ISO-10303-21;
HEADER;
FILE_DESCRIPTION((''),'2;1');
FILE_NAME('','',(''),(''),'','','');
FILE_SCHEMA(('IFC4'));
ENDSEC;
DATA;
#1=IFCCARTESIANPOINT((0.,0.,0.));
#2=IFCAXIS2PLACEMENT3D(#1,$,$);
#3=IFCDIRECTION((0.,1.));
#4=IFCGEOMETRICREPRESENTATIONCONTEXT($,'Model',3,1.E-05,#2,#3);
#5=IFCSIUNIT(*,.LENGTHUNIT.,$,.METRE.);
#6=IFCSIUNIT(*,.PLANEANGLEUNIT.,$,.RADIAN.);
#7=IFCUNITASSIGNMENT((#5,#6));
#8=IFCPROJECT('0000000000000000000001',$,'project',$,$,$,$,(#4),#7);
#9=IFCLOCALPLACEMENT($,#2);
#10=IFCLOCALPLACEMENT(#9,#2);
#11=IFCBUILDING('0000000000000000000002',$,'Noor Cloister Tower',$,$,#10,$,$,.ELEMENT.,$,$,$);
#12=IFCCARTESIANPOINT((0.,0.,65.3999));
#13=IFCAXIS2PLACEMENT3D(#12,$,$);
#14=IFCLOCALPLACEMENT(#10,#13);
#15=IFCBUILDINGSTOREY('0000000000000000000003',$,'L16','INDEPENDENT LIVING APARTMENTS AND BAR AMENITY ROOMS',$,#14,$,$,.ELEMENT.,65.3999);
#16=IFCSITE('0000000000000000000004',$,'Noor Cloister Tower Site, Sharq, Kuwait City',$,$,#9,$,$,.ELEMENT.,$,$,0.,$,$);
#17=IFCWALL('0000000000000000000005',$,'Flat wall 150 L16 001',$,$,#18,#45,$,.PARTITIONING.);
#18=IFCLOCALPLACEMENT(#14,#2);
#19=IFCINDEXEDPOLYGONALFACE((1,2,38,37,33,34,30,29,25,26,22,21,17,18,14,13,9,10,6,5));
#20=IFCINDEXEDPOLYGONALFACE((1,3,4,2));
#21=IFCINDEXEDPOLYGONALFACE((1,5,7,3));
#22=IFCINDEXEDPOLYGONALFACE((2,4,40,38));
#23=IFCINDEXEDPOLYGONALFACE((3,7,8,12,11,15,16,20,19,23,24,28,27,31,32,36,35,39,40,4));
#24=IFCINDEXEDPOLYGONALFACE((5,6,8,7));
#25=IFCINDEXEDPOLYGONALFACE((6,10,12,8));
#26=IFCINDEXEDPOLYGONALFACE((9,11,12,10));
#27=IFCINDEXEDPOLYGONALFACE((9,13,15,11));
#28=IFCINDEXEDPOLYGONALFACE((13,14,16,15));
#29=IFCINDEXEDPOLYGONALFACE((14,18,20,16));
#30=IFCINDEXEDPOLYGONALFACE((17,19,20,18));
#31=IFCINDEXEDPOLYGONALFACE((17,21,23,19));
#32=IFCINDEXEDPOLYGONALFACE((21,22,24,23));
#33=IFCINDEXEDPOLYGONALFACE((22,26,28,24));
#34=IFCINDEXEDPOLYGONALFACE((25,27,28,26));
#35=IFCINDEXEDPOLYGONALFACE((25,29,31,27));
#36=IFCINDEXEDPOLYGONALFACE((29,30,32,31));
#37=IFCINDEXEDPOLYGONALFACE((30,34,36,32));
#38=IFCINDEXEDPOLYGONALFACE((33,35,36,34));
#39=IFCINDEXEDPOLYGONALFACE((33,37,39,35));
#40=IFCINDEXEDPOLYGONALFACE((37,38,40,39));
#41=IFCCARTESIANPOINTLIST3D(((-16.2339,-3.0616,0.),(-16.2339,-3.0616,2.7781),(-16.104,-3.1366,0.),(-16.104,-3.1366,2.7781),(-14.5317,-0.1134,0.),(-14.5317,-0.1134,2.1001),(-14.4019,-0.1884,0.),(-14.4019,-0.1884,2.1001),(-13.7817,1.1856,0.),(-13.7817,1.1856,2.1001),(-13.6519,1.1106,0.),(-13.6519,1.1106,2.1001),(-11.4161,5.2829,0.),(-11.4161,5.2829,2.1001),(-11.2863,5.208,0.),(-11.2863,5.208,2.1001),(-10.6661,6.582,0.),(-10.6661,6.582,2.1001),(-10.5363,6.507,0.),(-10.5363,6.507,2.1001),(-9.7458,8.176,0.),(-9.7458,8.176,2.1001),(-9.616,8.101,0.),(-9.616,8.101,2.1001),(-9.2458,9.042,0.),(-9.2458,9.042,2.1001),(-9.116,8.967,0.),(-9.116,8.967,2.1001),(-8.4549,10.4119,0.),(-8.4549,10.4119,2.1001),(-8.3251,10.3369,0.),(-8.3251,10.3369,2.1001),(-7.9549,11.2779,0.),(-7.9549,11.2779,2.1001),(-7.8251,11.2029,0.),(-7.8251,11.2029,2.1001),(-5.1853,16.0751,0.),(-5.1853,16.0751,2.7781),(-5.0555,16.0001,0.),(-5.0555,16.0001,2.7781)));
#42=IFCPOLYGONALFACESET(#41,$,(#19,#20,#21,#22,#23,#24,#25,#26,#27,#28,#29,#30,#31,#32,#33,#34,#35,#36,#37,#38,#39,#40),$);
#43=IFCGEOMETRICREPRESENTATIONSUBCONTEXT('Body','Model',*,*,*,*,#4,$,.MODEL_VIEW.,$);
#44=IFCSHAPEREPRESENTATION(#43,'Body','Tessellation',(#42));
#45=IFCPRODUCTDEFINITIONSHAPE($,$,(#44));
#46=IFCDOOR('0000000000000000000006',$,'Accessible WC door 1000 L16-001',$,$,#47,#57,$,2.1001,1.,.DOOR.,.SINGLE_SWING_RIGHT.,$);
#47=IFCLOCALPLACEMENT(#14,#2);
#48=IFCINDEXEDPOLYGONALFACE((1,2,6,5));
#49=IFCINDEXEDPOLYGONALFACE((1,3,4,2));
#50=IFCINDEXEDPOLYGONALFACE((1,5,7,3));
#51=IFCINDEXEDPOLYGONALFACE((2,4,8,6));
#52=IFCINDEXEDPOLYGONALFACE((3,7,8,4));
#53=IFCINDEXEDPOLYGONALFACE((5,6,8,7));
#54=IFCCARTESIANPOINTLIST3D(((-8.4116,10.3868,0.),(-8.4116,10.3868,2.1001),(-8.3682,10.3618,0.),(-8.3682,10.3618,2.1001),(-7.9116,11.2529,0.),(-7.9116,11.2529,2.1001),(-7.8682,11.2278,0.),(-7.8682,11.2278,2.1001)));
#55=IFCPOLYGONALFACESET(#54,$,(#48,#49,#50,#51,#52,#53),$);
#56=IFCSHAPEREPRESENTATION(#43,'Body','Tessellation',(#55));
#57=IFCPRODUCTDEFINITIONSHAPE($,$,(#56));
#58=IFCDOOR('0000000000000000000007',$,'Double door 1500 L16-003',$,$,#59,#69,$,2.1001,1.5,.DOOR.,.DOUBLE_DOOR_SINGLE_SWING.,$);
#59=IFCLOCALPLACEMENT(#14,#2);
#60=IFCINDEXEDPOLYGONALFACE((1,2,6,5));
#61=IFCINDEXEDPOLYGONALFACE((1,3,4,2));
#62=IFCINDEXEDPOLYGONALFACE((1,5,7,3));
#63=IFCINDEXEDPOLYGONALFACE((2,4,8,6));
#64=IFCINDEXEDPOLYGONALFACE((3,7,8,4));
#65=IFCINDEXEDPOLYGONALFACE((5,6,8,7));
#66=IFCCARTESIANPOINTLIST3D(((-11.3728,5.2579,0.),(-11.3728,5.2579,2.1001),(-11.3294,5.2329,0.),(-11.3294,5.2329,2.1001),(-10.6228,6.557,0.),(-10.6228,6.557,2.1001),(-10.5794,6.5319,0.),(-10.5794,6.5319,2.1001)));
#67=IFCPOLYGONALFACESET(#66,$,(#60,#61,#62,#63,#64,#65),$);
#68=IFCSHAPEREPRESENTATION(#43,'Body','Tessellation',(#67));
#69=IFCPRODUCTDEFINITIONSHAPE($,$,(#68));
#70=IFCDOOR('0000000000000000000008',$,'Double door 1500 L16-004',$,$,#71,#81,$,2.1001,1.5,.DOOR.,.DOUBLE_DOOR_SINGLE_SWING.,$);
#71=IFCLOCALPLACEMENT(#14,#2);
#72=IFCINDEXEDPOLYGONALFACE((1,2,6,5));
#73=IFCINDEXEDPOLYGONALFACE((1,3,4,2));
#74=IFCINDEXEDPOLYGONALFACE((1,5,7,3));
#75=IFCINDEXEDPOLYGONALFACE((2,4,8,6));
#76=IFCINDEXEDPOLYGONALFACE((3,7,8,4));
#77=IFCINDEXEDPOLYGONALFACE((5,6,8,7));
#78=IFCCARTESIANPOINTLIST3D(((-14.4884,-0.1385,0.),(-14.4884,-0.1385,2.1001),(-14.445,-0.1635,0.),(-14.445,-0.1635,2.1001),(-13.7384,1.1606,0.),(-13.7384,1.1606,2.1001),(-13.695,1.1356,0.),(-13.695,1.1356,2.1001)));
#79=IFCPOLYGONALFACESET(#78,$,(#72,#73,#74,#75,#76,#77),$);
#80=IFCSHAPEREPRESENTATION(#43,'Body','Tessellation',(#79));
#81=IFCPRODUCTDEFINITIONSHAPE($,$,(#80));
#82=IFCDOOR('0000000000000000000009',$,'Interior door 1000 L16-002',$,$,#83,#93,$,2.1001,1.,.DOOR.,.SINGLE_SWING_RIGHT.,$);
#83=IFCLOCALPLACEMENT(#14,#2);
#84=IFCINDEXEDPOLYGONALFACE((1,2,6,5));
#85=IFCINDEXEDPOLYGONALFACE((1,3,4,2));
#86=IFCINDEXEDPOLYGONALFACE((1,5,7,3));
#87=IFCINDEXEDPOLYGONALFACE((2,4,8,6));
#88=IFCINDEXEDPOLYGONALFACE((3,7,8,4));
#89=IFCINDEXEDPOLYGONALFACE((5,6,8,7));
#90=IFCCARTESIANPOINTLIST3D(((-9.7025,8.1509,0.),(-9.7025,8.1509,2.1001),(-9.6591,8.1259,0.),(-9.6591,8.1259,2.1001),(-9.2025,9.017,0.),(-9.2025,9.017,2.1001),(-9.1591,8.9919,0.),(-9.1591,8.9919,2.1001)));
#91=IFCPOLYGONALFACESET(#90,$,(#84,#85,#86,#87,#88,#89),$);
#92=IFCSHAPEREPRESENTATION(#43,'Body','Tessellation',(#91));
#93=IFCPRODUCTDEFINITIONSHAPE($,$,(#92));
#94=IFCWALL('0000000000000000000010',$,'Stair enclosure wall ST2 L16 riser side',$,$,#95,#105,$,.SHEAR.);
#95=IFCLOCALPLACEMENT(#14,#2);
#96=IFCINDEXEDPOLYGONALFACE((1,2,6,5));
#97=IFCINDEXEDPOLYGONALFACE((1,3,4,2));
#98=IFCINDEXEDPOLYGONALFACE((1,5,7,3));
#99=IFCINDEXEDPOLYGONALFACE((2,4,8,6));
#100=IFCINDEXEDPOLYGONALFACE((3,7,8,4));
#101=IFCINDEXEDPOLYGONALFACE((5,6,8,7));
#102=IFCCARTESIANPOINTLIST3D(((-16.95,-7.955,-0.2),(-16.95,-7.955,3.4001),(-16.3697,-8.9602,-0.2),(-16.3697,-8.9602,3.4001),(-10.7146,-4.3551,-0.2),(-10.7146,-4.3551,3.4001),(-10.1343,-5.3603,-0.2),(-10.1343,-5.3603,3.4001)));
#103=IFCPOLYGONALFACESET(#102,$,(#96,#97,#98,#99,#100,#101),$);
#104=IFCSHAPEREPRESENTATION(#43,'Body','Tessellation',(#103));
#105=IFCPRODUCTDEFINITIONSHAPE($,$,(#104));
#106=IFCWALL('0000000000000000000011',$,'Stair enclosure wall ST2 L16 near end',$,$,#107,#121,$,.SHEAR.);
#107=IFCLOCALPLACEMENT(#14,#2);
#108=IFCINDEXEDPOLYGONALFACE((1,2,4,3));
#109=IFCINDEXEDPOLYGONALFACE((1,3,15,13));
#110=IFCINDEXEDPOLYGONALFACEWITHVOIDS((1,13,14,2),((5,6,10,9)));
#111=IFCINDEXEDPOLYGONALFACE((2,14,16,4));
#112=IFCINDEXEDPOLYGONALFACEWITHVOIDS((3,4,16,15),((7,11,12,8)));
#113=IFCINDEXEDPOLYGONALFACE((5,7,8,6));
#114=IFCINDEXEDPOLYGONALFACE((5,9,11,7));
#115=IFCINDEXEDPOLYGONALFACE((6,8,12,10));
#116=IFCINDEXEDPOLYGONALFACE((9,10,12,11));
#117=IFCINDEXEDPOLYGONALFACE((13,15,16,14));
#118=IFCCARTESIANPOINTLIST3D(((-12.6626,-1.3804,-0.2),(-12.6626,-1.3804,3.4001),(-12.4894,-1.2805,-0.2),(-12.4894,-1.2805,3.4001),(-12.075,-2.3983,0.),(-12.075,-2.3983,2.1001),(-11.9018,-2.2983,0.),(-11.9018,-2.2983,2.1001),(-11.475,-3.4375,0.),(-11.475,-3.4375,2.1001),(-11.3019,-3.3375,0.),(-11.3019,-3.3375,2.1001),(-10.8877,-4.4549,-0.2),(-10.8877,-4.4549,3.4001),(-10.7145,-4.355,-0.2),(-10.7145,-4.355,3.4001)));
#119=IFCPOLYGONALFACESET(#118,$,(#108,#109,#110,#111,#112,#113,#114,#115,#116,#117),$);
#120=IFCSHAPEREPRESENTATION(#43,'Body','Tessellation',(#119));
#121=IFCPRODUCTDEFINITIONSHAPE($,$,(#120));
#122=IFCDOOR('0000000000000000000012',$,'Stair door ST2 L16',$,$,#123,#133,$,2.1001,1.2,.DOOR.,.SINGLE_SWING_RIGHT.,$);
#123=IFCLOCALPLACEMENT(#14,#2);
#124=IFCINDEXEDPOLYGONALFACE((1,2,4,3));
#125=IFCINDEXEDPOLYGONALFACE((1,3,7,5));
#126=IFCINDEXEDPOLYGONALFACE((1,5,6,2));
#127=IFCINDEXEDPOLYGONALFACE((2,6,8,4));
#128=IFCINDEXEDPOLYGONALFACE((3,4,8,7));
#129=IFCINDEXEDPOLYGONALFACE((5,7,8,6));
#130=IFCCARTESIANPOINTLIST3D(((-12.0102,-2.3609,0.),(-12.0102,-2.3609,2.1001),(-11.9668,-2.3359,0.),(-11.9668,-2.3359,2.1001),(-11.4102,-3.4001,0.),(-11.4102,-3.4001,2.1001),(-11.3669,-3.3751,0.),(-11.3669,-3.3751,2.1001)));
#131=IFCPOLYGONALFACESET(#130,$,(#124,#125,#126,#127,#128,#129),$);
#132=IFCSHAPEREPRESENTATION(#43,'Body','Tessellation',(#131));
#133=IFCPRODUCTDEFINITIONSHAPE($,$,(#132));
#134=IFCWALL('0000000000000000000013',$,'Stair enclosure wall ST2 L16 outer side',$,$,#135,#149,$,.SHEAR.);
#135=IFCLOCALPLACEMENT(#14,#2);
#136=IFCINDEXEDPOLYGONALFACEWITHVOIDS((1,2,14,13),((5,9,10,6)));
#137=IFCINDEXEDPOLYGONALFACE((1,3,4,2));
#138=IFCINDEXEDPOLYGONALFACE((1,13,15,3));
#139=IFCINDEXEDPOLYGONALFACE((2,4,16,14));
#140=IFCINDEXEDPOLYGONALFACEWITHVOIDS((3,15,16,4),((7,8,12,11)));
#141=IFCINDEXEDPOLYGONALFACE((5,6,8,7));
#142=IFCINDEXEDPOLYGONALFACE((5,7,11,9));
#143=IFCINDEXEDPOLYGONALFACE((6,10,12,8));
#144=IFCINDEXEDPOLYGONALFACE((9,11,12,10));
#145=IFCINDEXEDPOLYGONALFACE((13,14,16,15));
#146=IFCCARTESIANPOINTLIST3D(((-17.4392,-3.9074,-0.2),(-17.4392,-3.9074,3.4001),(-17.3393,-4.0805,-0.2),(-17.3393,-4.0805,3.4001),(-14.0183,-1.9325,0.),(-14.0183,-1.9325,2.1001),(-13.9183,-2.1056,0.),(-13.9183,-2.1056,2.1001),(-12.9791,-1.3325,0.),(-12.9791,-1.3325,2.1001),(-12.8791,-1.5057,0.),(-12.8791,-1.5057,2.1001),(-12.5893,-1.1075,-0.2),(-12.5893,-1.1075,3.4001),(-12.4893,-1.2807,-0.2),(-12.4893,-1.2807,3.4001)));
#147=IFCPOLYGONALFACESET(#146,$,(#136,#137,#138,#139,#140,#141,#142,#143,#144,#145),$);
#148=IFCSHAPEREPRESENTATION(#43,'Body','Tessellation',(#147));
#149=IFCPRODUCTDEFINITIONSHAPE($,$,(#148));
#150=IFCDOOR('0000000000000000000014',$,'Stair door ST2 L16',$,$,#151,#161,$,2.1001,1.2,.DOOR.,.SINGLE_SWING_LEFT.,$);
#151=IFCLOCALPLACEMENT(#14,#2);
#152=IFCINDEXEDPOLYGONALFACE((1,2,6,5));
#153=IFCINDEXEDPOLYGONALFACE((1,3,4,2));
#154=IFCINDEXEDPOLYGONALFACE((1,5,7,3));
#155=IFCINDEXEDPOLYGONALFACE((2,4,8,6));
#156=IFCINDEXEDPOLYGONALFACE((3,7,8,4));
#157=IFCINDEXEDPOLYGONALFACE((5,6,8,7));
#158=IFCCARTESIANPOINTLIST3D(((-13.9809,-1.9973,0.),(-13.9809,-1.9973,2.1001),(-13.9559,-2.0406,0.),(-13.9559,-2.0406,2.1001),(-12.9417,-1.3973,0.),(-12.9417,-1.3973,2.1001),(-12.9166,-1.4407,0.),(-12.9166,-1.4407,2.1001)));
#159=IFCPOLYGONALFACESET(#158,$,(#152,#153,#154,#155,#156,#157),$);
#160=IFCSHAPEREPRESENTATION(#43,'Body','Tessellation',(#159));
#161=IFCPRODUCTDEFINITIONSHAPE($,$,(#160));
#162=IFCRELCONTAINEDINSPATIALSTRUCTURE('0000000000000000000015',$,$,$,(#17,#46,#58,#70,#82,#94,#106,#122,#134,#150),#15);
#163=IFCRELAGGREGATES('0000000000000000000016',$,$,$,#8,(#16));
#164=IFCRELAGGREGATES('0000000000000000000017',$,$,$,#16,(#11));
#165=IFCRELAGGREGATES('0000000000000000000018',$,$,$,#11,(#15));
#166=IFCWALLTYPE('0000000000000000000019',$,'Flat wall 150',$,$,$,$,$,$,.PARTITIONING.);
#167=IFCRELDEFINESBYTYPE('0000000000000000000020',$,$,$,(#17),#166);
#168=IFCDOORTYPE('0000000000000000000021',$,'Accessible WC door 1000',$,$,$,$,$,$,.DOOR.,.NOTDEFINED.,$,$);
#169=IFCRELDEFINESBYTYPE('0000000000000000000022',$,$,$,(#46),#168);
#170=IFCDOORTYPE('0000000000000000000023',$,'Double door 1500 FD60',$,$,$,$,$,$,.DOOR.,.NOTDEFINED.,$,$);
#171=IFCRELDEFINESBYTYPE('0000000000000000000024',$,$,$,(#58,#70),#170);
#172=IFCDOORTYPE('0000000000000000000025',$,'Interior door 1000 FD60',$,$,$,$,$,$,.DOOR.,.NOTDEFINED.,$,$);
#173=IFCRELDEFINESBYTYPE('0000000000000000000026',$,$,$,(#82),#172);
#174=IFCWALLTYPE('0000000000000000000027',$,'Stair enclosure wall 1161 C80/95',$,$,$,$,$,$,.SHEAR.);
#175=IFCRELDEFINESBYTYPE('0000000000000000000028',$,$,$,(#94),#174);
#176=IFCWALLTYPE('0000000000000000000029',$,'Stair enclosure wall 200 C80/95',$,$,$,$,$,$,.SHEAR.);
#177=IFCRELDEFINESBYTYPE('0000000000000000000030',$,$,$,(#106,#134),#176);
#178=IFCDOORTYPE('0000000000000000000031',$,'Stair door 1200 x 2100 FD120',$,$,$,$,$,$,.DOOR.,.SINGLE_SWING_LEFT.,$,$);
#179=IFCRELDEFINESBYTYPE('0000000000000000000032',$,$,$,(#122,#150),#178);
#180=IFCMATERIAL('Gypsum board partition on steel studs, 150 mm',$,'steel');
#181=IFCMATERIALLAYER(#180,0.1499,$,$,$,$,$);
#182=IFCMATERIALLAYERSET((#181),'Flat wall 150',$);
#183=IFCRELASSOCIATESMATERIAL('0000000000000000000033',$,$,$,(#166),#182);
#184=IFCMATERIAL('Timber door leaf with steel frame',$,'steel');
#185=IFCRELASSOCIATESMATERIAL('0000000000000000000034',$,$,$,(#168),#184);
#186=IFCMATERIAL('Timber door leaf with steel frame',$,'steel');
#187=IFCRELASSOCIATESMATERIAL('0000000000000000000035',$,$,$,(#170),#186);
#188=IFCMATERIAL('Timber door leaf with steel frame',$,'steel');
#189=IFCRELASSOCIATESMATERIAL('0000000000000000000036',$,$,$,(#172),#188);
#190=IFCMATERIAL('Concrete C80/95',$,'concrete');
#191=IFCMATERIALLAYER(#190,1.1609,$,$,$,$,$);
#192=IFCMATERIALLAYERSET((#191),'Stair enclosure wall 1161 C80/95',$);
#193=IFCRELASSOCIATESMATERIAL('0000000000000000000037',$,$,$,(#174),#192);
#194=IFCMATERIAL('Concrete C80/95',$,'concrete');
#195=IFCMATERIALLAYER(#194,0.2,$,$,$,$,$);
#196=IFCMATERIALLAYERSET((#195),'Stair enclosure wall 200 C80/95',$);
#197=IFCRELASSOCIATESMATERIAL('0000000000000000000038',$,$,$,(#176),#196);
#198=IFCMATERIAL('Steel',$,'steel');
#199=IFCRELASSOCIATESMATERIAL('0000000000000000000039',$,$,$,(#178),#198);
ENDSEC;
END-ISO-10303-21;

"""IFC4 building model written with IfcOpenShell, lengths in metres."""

from ifc_helpers import new_model, si_unit, direction, frame, frame_2d, origin, place, context, subcontext, project, spatial, rectangle, extrude, material, layer, layer_set, type_object, element, fill, save


model = new_model("IFC4")

# Units and contexts
model_context = context("Model", 3, precision=1e-05, world=origin(), true_north=direction((0.0, 1.0)))
body_context = subcontext(model_context, "Body", "Model", "MODEL_VIEW")
ifc_project = project(units=[si_unit("LENGTHUNIT", "METRE"), si_unit("PLANEANGLEUNIT", "RADIAN")], contexts=[model_context])

# Site, building, storey
site_placement = place(None, origin())
site = spatial("IfcSite", under=ifc_project, at=site_placement, Name="Noor Cloister Tower Site, Sharq, Kuwait City", CompositionType="ELEMENT", RefElevation=0.0)
building_placement = place(site_placement, origin())
building = spatial("IfcBuilding", under=site, at=building_placement, Name="Noor Cloister Tower", CompositionType="ELEMENT")
storey_placement = place(building_placement, frame((0.0, 0.0, 65.3999)))
storey = spatial("IfcBuildingStorey", under=building, at=storey_placement, Name="L16", Description="INDEPENDENT LIVING APARTMENTS AND BAR AMENITY ROOMS", CompositionType="ELEMENT", Elevation=65.3999)

# Wall, openings, doors
ifc_material_1 = material(Name="Gypsum board partition on steel studs, 150 mm", Category="steel")
ifc_layer_1 = layer(ifc_material_1, 0.1499)
ifc_layer_set_1 = layer_set([ifc_layer_1], Name="Flat wall 150")
wall_type_1 = type_object("IfcWallType", Name="Flat wall 150", PredefinedType="PARTITIONING", material=ifc_layer_set_1)
wall_1_placement = place(storey_placement, frame((-16.1689, -3.0991, 0.0), z_axis=(0.0, 0.0, 1.0), x_axis=(0.5, 0.866026, 0.0)))
wall_1 = element("IfcWall", 1, at=wall_1_placement, inside=storey, type_object=wall_type_1, Name="Flat wall 150 L16 001", PredefinedType="PARTITIONING", context=body_context, shape_type="SweptSolid", body=[
    extrude(rectangle(XDim=22.0972, YDim=0.1499, at=frame_2d((11.0486, 0.0))), origin(), (0.0, 0.0, 1.0), 2.7781),
])
opening_1_placement = place(wall_1_placement, frame((15.5579, 0.0, 0.0)))
opening_1 = element("IfcOpeningElement", 2, at=opening_1_placement, cuts=wall_1, PredefinedType="OPENING", context=body_context, shape_type="SweptSolid", body=[
    extrude(rectangle(XDim=1.0, YDim=2.1001, at=frame_2d((0.5, 1.05))), frame((0.0, 0.085, 0.0), z_axis=(0.0, -1.0, 0.0), x_axis=(1.0, 0.0, 0.0)), (0.0, 0.0, 1.0), 0.1699),
])
opening_2_placement = place(wall_1_placement, frame((12.9761, 0.0, 0.0)))
opening_2 = element("IfcOpeningElement", 3, at=opening_2_placement, cuts=wall_1, PredefinedType="OPENING", context=body_context, shape_type="SweptSolid", body=[
    extrude(rectangle(XDim=1.0, YDim=2.1001, at=frame_2d((0.5, 1.05))), frame((0.0, 0.085, 0.0), z_axis=(0.0, -1.0, 0.0), x_axis=(1.0, 0.0, 0.0)), (0.0, 0.0, 1.0), 0.1699),
])
opening_3_placement = place(wall_1_placement, frame((9.6355, 0.0, 0.0)))
opening_3 = element("IfcOpeningElement", 4, at=opening_3_placement, cuts=wall_1, PredefinedType="OPENING", context=body_context, shape_type="SweptSolid", body=[
    extrude(rectangle(XDim=1.5, YDim=2.1001, at=frame_2d((0.75, 1.05))), frame((0.0, 0.085, 0.0), z_axis=(0.0, -1.0, 0.0), x_axis=(1.0, 0.0, 0.0)), (0.0, 0.0, 1.0), 0.1699),
])
opening_4_placement = place(wall_1_placement, frame((3.4043, 0.0, 0.0)))
opening_4 = element("IfcOpeningElement", 5, at=opening_4_placement, cuts=wall_1, PredefinedType="OPENING", context=body_context, shape_type="SweptSolid", body=[
    extrude(rectangle(XDim=1.5, YDim=2.1001, at=frame_2d((0.75, 1.05))), frame((0.0, 0.085, 0.0), z_axis=(0.0, -1.0, 0.0), x_axis=(1.0, 0.0, 0.0)), (0.0, 0.0, 1.0), 0.1699),
])
ifc_material_2 = material(Name="Timber door leaf with steel frame", Category="steel")
door_type_1 = type_object("IfcDoorType", Name="Accessible WC door 1000", OperationType="NOTDEFINED", PredefinedType="DOOR", material=ifc_material_2)
door_1_placement = place(opening_1_placement, origin())
door_1 = element("IfcDoor", 6, at=door_1_placement, inside=storey, type_object=door_type_1, Name="Accessible WC door 1000 L16-001", OperationType="SINGLE_SWING_RIGHT", OverallHeight=2.1001, OverallWidth=1.0, PredefinedType="DOOR", context=body_context, shape_type="SweptSolid", body=[
    extrude(rectangle(XDim=1.0, YDim=2.1001, at=frame_2d((0.5, 1.05))), frame((0.0, 0.0249, 0.0), z_axis=(0.0, -1.0, 0.0), x_axis=(1.0, 0.0, 0.0)), (0.0, 0.0, 1.0), 0.05),
])
fill(opening_1, door_1)
ifc_material_3 = material(Name="Timber door leaf with steel frame", Category="steel")
door_type_2 = type_object("IfcDoorType", Name="Double door 1500 FD60", OperationType="NOTDEFINED", PredefinedType="DOOR", material=ifc_material_3)
door_2_placement = place(opening_3_placement, origin())
door_2 = element("IfcDoor", 7, at=door_2_placement, inside=storey, type_object=door_type_2, Name="Double door 1500 L16-003", OperationType="DOUBLE_DOOR_SINGLE_SWING", OverallHeight=2.1001, OverallWidth=1.5, PredefinedType="DOOR", context=body_context, shape_type="SweptSolid", body=[
    extrude(rectangle(XDim=1.5, YDim=2.1001, at=frame_2d((0.75, 1.05))), frame((0.0, 0.0249, 0.0), z_axis=(0.0, -1.0, 0.0), x_axis=(1.0, 0.0, 0.0)), (0.0, 0.0, 1.0), 0.05),
])
fill(opening_3, door_2)
door_3_placement = place(opening_4_placement, origin())
door_3 = element("IfcDoor", 8, at=door_3_placement, inside=storey, type_object=door_type_2, Name="Double door 1500 L16-004", OperationType="DOUBLE_DOOR_SINGLE_SWING", OverallHeight=2.1001, OverallWidth=1.5, PredefinedType="DOOR", context=body_context, shape_type="SweptSolid", body=[
    extrude(rectangle(XDim=1.5, YDim=2.1001, at=frame_2d((0.75, 1.05))), frame((0.0, 0.0249, 0.0), z_axis=(0.0, -1.0, 0.0), x_axis=(1.0, 0.0, 0.0)), (0.0, 0.0, 1.0), 0.05),
])
fill(opening_4, door_3)
ifc_material_4 = material(Name="Timber door leaf with steel frame", Category="steel")
door_type_3 = type_object("IfcDoorType", Name="Interior door 1000 FD60", OperationType="NOTDEFINED", PredefinedType="DOOR", material=ifc_material_4)
door_4_placement = place(opening_2_placement, origin())
door_4 = element("IfcDoor", 9, at=door_4_placement, inside=storey, type_object=door_type_3, Name="Interior door 1000 L16-002", OperationType="SINGLE_SWING_RIGHT", OverallHeight=2.1001, OverallWidth=1.0, PredefinedType="DOOR", context=body_context, shape_type="SweptSolid", body=[
    extrude(rectangle(XDim=1.0, YDim=2.1001, at=frame_2d((0.5, 1.05))), frame((0.0, 0.0249, 0.0), z_axis=(0.0, -1.0, 0.0), x_axis=(1.0, 0.0, 0.0)), (0.0, 0.0, 1.0), 0.05),
])
fill(opening_2, door_4)

# Wall
ifc_material_5 = material(Name="Concrete C80/95", Category="concrete")
ifc_layer_2 = layer(ifc_material_5, 1.1609)
ifc_layer_set_2 = layer_set([ifc_layer_2], Name="Stair enclosure wall 1161 C80/95")
wall_type_2 = type_object("IfcWallType", Name="Stair enclosure wall 1161 C80/95", PredefinedType="SHEAR", material=ifc_layer_set_2)
wall_2_placement = place(storey_placement, frame((-10.4243, -4.8577, -0.2), z_axis=(0.0, 0.0, 1.0), x_axis=(-0.866033, -0.499987, 0.0)))
element("IfcWall", 10, at=wall_2_placement, inside=storey, type_object=wall_type_2, Name="Stair enclosure wall ST2 L16 riser side", PredefinedType="SHEAR", context=body_context, shape_type="SweptSolid", body=[
    extrude(rectangle(XDim=7.2, YDim=1.1606, at=frame_2d((3.6001, 0.0))), origin(), (0.0, 0.0, 1.0), 3.6001),
])

# Walls, openings, doors
ifc_material_6 = material(Name="Concrete C80/95", Category="concrete")
ifc_layer_3 = layer(ifc_material_6, 0.2)
ifc_layer_set_3 = layer_set([ifc_layer_3], Name="Stair enclosure wall 200 C80/95")
wall_type_3 = type_object("IfcWallType", Name="Stair enclosure wall 200 C80/95", PredefinedType="SHEAR", material=ifc_layer_set_3)
wall_3_placement = place(storey_placement, frame((-12.5759, -1.3306, -0.2), z_axis=(0.0, 0.0, 1.0), x_axis=(0.49997, -0.866042, 0.0)))
wall_3 = element("IfcWall", 11, at=wall_3_placement, inside=storey, type_object=wall_type_3, Name="Stair enclosure wall ST2 L16 near end", PredefinedType="SHEAR", context=body_context, shape_type="SweptSolid", body=[
    extrude(rectangle(XDim=3.55, YDim=0.2, at=frame_2d((1.7749, 0.0))), origin(), (0.0, 0.0, 1.0), 3.6001),
])
opening_5_placement = place(wall_3_placement, frame((1.175, 0.0, 0.2)))
opening_5 = element("IfcOpeningElement", 12, at=opening_5_placement, cuts=wall_3, PredefinedType="OPENING", context=body_context, shape_type="SweptSolid", body=[
    extrude(rectangle(XDim=1.2, YDim=2.1001, at=frame_2d((0.6001, 1.05))), frame((0.0, 0.1099, 0.0), z_axis=(0.0, -1.0, 0.0), x_axis=(1.0, 0.0, 0.0)), (0.0, 0.0, 1.0), 0.22),
])
ifc_material_7 = material(Name="Steel", Category="steel")
door_type_4 = type_object("IfcDoorType", Name="Stair door 1200 x 2100 FD120", OperationType="SINGLE_SWING_LEFT", PredefinedType="DOOR", material=ifc_material_7)
door_5_placement = place(opening_5_placement, origin())
door_5 = element("IfcDoor", 13, at=door_5_placement, inside=storey, type_object=door_type_4, Name="Stair door ST2 L16", OperationType="SINGLE_SWING_RIGHT", OverallHeight=2.1001, OverallWidth=1.2, PredefinedType="DOOR", context=body_context, shape_type="SweptSolid", body=[
    extrude(rectangle(XDim=1.2, YDim=2.1001, at=frame_2d((0.6001, 1.05))), frame((0.0, 0.0249, 0.0), z_axis=(0.0, -1.0, 0.0), x_axis=(1.0, 0.0, 0.0)), (0.0, 0.0, 1.0), 0.05),
])
fill(opening_5, door_5)
wall_4_placement = place(storey_placement, frame((-12.5393, -1.1941, -0.2), z_axis=(0.0, 0.0, 1.0), x_axis=(-0.866045, -0.499965, 0.0)))
wall_4 = element("IfcWall", 14, at=wall_4_placement, inside=storey, type_object=wall_type_3, Name="Stair enclosure wall ST2 L16 outer side", PredefinedType="SHEAR", context=body_context, shape_type="SweptSolid", body=[
    extrude(rectangle(XDim=5.6001, YDim=0.2, at=frame_2d((2.8, 0.0))), origin(), (0.0, 0.0, 1.0), 3.6001),
])
opening_6_placement = place(wall_4_placement, frame((0.45, 0.0, 0.2)))
opening_6 = element("IfcOpeningElement", 15, at=opening_6_placement, cuts=wall_4, PredefinedType="OPENING", context=body_context, shape_type="SweptSolid", body=[
    extrude(rectangle(XDim=1.2, YDim=2.1001, at=frame_2d((0.6001, 1.05))), frame((0.0, 0.1099, 0.0), z_axis=(0.0, -1.0, 0.0), x_axis=(1.0, 0.0, 0.0)), (0.0, 0.0, 1.0), 0.22),
])
door_6_placement = place(opening_6_placement, origin())
door_6 = element("IfcDoor", 16, at=door_6_placement, inside=storey, type_object=door_type_4, Name="Stair door ST2 L16", OperationType="SINGLE_SWING_LEFT", OverallHeight=2.1001, OverallWidth=1.2, PredefinedType="DOOR", context=body_context, shape_type="SweptSolid", body=[
    extrude(rectangle(XDim=1.2, YDim=2.1001, at=frame_2d((0.6001, 1.05))), frame((0.0, 0.0249, 0.0), z_axis=(0.0, -1.0, 0.0), x_axis=(1.0, 0.0, 0.0)), (0.0, 0.0, 1.0), 0.05),
])
fill(opening_6, door_6)

save(model, "model.ifc")
